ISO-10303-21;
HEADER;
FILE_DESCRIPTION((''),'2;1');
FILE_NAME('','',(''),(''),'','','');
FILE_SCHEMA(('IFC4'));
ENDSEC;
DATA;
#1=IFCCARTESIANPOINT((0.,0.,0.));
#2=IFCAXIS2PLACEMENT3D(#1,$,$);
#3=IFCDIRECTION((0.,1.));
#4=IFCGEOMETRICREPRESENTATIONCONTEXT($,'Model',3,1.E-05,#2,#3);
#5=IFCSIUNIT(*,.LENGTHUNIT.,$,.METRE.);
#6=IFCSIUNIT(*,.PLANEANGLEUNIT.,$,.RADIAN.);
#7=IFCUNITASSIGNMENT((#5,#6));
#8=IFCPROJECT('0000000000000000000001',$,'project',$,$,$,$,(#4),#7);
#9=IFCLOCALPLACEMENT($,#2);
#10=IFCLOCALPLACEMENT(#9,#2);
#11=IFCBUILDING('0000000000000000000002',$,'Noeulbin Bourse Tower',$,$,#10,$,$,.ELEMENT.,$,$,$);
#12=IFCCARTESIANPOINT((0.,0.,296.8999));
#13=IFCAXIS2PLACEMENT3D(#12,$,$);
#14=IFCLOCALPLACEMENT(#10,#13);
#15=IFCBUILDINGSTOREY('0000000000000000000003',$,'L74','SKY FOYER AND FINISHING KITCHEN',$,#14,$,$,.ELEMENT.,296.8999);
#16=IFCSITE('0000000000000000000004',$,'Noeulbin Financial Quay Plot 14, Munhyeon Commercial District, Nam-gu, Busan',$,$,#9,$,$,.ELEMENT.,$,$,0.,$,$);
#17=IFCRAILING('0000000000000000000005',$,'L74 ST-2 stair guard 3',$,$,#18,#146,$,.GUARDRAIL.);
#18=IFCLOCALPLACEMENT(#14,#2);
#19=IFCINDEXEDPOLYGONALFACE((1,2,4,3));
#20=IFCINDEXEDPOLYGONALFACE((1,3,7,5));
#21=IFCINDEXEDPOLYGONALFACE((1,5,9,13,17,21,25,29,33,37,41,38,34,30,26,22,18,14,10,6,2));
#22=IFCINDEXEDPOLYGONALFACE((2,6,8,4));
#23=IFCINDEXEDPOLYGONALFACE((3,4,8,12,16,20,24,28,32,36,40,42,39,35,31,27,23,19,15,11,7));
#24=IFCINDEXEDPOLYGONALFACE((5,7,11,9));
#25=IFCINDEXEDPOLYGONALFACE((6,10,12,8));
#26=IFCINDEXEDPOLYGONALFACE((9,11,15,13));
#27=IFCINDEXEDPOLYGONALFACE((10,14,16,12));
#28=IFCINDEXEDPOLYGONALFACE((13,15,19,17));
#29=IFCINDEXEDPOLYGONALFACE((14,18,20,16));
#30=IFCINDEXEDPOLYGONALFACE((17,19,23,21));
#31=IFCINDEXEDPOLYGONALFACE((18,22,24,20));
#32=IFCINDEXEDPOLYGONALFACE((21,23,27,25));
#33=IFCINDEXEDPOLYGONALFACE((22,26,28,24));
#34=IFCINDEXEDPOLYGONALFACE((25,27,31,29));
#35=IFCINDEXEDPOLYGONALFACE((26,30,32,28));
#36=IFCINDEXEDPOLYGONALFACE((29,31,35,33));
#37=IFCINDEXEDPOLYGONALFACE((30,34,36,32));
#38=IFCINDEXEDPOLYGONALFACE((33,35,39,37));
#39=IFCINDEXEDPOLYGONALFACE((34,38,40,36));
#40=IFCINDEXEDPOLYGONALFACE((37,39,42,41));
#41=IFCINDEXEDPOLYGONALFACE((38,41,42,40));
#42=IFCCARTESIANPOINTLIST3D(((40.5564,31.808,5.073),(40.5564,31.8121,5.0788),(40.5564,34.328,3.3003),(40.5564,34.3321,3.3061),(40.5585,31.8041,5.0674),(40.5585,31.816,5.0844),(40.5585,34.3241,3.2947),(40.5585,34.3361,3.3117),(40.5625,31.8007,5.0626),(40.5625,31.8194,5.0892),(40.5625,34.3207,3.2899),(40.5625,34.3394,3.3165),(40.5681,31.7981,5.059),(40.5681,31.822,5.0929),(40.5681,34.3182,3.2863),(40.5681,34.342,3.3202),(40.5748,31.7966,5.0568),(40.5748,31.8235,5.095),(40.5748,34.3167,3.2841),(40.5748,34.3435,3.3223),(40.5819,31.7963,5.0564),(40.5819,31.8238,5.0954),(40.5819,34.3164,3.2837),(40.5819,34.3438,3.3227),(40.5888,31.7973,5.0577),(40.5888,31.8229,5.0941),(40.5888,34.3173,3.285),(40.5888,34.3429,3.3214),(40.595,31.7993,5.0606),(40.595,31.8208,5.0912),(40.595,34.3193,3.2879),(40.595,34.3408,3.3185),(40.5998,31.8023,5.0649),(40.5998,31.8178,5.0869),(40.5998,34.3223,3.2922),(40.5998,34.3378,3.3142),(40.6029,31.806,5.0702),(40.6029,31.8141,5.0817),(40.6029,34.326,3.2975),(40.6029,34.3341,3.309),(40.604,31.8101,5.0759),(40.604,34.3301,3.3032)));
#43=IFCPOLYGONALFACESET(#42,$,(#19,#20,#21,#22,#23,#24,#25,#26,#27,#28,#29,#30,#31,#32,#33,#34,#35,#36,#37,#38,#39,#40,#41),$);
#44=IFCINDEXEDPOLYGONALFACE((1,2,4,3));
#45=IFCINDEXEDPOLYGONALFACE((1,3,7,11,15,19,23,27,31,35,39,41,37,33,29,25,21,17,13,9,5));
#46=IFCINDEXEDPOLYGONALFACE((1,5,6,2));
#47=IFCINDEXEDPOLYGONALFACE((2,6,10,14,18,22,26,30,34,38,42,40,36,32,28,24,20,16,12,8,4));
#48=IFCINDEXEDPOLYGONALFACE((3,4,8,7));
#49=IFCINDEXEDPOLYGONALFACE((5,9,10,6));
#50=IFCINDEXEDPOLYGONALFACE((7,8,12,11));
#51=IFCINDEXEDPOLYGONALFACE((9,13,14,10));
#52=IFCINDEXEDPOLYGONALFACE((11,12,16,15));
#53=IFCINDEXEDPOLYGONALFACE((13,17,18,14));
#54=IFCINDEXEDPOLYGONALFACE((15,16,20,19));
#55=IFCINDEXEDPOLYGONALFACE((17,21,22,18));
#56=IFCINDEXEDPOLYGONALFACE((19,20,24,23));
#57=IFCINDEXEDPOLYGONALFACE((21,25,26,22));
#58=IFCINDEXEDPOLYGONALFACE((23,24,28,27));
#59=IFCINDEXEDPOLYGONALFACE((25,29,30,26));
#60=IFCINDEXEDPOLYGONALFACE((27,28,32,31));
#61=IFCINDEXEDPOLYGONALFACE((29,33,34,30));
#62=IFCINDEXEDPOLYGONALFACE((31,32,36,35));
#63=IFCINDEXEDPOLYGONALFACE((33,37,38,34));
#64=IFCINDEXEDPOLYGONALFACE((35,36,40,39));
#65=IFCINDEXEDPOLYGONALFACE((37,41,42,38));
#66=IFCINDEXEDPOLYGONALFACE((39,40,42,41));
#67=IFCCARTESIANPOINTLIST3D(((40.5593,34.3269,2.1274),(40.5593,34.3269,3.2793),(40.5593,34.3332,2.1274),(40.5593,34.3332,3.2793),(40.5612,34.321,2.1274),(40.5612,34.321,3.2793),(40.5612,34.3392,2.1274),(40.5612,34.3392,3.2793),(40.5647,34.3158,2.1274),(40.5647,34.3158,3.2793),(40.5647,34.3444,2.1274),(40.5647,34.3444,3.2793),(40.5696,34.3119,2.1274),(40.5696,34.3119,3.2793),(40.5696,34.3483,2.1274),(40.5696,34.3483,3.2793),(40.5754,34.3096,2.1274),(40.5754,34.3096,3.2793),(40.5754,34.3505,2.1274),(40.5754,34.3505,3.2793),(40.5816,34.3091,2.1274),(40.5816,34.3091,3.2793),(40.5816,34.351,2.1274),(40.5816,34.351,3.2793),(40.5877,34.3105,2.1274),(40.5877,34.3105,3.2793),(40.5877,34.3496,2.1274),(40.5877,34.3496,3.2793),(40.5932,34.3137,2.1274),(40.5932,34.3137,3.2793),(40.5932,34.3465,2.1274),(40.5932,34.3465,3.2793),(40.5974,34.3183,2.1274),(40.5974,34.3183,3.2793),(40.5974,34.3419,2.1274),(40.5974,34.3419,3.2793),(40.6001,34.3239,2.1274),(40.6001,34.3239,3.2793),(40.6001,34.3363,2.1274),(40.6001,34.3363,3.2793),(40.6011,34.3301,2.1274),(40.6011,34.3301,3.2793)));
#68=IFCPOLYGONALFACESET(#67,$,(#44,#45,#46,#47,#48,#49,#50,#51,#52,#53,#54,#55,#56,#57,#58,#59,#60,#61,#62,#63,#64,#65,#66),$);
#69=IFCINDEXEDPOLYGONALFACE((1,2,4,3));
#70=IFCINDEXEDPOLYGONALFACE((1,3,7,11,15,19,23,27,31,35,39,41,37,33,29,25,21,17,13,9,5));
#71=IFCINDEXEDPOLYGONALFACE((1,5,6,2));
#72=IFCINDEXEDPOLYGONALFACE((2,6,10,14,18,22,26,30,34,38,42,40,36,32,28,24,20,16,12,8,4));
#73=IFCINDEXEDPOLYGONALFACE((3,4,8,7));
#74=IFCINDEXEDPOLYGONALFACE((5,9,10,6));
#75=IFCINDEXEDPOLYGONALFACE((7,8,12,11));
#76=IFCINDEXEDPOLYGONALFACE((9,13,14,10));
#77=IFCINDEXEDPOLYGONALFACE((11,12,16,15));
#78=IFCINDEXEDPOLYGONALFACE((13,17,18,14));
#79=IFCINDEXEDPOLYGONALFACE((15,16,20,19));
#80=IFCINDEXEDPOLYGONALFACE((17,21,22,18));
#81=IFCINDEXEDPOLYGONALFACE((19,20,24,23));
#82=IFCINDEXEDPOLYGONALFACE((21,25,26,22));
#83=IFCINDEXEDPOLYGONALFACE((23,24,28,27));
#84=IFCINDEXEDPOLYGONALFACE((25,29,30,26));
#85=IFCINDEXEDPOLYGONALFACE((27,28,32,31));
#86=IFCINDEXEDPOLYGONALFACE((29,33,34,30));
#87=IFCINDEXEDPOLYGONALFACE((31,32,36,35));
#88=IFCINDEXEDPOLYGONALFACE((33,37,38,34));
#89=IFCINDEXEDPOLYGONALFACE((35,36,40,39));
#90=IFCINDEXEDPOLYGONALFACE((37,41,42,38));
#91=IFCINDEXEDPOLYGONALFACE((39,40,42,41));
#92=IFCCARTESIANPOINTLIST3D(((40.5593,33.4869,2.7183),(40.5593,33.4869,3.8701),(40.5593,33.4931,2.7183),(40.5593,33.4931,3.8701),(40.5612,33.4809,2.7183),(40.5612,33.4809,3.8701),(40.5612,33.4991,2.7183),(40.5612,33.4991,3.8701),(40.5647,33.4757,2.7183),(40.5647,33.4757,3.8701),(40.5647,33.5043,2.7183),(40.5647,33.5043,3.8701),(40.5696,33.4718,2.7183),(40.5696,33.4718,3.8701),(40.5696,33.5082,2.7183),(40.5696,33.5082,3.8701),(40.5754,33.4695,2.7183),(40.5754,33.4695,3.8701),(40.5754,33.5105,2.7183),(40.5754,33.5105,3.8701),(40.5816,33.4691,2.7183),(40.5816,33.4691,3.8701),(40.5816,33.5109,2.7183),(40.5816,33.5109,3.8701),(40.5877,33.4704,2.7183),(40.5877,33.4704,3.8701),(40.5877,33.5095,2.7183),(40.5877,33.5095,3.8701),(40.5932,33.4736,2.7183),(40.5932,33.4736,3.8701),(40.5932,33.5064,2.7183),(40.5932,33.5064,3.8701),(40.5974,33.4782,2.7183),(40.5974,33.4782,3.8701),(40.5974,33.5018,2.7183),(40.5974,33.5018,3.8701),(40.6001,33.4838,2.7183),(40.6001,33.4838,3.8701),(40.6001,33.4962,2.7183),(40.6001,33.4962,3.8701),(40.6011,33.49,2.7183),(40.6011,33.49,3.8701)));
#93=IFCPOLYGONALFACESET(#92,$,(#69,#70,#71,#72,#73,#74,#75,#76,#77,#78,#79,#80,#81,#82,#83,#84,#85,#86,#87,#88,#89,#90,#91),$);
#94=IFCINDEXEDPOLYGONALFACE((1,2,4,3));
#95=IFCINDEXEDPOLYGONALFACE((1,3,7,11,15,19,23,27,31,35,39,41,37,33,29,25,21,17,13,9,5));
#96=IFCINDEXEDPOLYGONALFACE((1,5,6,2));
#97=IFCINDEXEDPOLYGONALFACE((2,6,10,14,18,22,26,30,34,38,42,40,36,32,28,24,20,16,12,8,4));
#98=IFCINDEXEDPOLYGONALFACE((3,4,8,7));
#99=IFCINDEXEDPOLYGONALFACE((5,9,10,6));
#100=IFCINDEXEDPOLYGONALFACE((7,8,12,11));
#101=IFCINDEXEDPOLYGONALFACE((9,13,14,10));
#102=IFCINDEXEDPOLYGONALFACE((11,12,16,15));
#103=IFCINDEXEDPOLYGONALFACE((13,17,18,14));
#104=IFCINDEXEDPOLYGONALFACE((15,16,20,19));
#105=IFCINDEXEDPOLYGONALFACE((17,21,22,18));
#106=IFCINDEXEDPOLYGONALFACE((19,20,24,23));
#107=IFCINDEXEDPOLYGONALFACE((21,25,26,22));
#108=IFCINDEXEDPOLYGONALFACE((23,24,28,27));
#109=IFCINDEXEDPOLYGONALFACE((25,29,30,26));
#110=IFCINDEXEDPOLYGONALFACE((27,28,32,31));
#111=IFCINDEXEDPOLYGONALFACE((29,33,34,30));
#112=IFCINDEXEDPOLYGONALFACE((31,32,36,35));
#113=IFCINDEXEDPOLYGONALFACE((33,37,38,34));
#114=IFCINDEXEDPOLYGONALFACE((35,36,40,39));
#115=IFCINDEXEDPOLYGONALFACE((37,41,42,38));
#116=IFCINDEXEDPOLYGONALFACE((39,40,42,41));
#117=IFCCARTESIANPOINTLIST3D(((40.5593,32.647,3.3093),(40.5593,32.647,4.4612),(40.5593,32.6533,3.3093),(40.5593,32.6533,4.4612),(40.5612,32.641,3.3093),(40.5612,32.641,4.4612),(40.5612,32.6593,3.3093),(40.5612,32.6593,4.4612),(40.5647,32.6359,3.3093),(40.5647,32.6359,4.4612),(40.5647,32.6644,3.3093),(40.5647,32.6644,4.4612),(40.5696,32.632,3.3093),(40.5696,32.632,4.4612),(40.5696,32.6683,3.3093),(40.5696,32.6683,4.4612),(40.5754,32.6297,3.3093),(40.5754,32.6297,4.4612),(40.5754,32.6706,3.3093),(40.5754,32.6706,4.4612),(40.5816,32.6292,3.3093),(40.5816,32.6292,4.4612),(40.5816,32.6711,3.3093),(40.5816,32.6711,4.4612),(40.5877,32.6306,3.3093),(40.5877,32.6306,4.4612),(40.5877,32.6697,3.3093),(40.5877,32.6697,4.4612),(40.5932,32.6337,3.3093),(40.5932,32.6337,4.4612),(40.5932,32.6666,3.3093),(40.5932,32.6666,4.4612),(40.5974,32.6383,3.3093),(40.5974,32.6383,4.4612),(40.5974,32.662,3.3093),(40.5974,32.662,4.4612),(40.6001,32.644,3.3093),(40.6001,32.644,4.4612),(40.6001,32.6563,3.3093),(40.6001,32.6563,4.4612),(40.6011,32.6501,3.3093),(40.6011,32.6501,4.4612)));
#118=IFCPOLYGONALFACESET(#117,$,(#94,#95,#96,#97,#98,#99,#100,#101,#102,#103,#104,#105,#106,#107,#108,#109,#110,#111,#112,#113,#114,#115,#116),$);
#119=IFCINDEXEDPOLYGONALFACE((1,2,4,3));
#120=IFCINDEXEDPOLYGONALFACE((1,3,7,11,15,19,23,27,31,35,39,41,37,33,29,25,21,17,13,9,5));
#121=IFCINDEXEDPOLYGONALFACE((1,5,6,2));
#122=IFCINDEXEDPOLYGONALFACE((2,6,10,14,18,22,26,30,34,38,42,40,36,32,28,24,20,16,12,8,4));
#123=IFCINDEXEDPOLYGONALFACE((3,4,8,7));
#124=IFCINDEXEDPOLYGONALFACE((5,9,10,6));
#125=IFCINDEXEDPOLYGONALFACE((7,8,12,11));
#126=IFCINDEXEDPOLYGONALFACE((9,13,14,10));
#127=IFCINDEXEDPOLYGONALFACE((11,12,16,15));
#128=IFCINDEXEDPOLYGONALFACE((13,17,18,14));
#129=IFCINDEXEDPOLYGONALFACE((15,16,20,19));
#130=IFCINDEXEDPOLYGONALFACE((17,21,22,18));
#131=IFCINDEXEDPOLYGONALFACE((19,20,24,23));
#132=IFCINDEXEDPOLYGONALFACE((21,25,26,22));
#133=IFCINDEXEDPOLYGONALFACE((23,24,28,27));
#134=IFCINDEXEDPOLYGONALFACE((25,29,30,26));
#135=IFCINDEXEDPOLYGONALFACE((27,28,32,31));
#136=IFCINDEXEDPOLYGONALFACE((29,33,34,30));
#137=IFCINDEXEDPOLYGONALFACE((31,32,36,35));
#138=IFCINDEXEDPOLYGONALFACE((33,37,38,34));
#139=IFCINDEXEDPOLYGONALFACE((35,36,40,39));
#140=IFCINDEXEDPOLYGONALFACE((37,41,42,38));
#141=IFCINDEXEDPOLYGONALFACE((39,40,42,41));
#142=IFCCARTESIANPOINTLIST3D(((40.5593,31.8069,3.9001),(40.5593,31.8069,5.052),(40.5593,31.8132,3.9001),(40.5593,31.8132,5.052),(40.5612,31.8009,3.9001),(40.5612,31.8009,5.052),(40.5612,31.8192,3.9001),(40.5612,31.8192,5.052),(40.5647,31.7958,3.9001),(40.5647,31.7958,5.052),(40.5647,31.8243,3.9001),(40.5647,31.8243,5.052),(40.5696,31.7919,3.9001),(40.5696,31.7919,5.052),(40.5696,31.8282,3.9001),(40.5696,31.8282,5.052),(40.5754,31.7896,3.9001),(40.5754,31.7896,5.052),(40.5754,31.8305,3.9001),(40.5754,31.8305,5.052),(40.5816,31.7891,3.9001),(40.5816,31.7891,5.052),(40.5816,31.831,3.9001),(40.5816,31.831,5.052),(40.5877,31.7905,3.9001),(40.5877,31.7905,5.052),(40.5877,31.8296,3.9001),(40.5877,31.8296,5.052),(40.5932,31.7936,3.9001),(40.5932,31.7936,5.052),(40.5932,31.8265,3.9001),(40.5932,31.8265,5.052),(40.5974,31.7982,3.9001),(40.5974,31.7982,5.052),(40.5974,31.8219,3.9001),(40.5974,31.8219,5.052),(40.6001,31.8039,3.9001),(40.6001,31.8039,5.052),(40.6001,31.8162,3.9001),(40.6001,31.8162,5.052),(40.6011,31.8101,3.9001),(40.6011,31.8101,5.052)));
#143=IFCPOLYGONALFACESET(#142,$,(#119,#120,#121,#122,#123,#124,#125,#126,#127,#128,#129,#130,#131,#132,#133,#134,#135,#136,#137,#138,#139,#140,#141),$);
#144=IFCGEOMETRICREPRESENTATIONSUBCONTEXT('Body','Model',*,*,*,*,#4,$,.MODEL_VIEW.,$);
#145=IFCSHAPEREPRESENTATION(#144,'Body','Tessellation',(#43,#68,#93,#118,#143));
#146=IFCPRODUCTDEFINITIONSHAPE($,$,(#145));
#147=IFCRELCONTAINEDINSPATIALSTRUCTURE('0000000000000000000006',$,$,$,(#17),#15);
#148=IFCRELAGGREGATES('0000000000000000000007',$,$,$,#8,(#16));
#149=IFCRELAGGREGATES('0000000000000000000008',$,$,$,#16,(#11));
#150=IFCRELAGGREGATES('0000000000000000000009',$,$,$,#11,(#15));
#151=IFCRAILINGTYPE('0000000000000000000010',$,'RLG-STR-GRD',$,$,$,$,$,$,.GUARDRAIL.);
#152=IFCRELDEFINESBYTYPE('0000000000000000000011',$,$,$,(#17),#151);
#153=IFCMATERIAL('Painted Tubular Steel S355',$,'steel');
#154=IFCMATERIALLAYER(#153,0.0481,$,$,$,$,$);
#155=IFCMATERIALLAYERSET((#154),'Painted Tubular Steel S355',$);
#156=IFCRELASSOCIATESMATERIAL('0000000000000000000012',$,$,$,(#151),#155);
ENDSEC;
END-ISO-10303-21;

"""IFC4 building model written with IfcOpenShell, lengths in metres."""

from ifc_helpers import new_model, si_unit, direction, frame, origin, origin_2d, place, context, subcontext, project, spatial, circle, extrude, material, layer, layer_set, type_object, element, save


model = new_model("IFC4")

# Units and contexts
model_context = context("Model", 3, precision=1e-05, world=origin(), true_north=direction((0.0, 1.0)))
body_context = subcontext(model_context, "Body", "Model", "MODEL_VIEW")
ifc_project = project(units=[si_unit("LENGTHUNIT", "METRE"), si_unit("PLANEANGLEUNIT", "RADIAN")], contexts=[model_context])

# Site, building, storey
site_placement = place(None, origin())
site = spatial("IfcSite", under=ifc_project, at=site_placement, Name="Noeulbin Financial Quay Plot 14, Munhyeon Commercial District, Nam-gu, Busan", CompositionType="ELEMENT", RefElevation=0.0)
building_placement = place(site_placement, origin())
building = spatial("IfcBuilding", under=site, at=building_placement, Name="Noeulbin Bourse Tower", CompositionType="ELEMENT")
storey_placement = place(building_placement, frame((0.0, 0.0, 296.8999)))
storey = spatial("IfcBuildingStorey", under=building, at=storey_placement, Name="L74", Description="SKY FOYER AND FINISHING KITCHEN", CompositionType="ELEMENT", Elevation=296.8999)

# Railing
ifc_material_1 = material(Name="Painted Tubular Steel S355", Category="steel")
ifc_layer_1 = layer(ifc_material_1, 0.0481)
ifc_layer_set_1 = layer_set([ifc_layer_1], Name="Painted Tubular Steel S355")
railing_type_1 = type_object("IfcRailingType", Name="RLG-STR-GRD", PredefinedType="GUARDRAIL", material=ifc_layer_set_1)
railing_1_placement = place(storey_placement, frame((40.5801, 34.3301, 2.1274)))
element("IfcRailing", 1, at=railing_1_placement, inside=storey, type_object=railing_type_1, Name="L74 ST-2 stair guard 3", PredefinedType="GUARDRAIL", context=body_context, shape_type="SweptSolid", body=[
    extrude(circle(Radius=0.0239, at=origin_2d()), frame((0.0, 0.0, 1.1758), z_axis=(0.0, -0.817904, 0.575354), x_axis=(1.0, 0.0, 0.0)), (0.0, 0.0, 1.0), 3.0811),
    extrude(circle(Radius=0.021, at=origin_2d()), origin(), (0.0, 0.0, 1.0), 1.1519),
    extrude(circle(Radius=0.021, at=origin_2d()), frame((0.0, -0.8401, 0.5908)), (0.0, 0.0, 1.0), 1.1519),
    extrude(circle(Radius=0.021, at=origin_2d()), frame((0.0, -1.6799, 1.1819)), (0.0, 0.0, 1.0), 1.1519),
    extrude(circle(Radius=0.021, at=origin_2d()), frame((0.0, -2.52, 1.7727)), (0.0, 0.0, 1.0), 1.1519),
])

save(model, "model.ifc")
